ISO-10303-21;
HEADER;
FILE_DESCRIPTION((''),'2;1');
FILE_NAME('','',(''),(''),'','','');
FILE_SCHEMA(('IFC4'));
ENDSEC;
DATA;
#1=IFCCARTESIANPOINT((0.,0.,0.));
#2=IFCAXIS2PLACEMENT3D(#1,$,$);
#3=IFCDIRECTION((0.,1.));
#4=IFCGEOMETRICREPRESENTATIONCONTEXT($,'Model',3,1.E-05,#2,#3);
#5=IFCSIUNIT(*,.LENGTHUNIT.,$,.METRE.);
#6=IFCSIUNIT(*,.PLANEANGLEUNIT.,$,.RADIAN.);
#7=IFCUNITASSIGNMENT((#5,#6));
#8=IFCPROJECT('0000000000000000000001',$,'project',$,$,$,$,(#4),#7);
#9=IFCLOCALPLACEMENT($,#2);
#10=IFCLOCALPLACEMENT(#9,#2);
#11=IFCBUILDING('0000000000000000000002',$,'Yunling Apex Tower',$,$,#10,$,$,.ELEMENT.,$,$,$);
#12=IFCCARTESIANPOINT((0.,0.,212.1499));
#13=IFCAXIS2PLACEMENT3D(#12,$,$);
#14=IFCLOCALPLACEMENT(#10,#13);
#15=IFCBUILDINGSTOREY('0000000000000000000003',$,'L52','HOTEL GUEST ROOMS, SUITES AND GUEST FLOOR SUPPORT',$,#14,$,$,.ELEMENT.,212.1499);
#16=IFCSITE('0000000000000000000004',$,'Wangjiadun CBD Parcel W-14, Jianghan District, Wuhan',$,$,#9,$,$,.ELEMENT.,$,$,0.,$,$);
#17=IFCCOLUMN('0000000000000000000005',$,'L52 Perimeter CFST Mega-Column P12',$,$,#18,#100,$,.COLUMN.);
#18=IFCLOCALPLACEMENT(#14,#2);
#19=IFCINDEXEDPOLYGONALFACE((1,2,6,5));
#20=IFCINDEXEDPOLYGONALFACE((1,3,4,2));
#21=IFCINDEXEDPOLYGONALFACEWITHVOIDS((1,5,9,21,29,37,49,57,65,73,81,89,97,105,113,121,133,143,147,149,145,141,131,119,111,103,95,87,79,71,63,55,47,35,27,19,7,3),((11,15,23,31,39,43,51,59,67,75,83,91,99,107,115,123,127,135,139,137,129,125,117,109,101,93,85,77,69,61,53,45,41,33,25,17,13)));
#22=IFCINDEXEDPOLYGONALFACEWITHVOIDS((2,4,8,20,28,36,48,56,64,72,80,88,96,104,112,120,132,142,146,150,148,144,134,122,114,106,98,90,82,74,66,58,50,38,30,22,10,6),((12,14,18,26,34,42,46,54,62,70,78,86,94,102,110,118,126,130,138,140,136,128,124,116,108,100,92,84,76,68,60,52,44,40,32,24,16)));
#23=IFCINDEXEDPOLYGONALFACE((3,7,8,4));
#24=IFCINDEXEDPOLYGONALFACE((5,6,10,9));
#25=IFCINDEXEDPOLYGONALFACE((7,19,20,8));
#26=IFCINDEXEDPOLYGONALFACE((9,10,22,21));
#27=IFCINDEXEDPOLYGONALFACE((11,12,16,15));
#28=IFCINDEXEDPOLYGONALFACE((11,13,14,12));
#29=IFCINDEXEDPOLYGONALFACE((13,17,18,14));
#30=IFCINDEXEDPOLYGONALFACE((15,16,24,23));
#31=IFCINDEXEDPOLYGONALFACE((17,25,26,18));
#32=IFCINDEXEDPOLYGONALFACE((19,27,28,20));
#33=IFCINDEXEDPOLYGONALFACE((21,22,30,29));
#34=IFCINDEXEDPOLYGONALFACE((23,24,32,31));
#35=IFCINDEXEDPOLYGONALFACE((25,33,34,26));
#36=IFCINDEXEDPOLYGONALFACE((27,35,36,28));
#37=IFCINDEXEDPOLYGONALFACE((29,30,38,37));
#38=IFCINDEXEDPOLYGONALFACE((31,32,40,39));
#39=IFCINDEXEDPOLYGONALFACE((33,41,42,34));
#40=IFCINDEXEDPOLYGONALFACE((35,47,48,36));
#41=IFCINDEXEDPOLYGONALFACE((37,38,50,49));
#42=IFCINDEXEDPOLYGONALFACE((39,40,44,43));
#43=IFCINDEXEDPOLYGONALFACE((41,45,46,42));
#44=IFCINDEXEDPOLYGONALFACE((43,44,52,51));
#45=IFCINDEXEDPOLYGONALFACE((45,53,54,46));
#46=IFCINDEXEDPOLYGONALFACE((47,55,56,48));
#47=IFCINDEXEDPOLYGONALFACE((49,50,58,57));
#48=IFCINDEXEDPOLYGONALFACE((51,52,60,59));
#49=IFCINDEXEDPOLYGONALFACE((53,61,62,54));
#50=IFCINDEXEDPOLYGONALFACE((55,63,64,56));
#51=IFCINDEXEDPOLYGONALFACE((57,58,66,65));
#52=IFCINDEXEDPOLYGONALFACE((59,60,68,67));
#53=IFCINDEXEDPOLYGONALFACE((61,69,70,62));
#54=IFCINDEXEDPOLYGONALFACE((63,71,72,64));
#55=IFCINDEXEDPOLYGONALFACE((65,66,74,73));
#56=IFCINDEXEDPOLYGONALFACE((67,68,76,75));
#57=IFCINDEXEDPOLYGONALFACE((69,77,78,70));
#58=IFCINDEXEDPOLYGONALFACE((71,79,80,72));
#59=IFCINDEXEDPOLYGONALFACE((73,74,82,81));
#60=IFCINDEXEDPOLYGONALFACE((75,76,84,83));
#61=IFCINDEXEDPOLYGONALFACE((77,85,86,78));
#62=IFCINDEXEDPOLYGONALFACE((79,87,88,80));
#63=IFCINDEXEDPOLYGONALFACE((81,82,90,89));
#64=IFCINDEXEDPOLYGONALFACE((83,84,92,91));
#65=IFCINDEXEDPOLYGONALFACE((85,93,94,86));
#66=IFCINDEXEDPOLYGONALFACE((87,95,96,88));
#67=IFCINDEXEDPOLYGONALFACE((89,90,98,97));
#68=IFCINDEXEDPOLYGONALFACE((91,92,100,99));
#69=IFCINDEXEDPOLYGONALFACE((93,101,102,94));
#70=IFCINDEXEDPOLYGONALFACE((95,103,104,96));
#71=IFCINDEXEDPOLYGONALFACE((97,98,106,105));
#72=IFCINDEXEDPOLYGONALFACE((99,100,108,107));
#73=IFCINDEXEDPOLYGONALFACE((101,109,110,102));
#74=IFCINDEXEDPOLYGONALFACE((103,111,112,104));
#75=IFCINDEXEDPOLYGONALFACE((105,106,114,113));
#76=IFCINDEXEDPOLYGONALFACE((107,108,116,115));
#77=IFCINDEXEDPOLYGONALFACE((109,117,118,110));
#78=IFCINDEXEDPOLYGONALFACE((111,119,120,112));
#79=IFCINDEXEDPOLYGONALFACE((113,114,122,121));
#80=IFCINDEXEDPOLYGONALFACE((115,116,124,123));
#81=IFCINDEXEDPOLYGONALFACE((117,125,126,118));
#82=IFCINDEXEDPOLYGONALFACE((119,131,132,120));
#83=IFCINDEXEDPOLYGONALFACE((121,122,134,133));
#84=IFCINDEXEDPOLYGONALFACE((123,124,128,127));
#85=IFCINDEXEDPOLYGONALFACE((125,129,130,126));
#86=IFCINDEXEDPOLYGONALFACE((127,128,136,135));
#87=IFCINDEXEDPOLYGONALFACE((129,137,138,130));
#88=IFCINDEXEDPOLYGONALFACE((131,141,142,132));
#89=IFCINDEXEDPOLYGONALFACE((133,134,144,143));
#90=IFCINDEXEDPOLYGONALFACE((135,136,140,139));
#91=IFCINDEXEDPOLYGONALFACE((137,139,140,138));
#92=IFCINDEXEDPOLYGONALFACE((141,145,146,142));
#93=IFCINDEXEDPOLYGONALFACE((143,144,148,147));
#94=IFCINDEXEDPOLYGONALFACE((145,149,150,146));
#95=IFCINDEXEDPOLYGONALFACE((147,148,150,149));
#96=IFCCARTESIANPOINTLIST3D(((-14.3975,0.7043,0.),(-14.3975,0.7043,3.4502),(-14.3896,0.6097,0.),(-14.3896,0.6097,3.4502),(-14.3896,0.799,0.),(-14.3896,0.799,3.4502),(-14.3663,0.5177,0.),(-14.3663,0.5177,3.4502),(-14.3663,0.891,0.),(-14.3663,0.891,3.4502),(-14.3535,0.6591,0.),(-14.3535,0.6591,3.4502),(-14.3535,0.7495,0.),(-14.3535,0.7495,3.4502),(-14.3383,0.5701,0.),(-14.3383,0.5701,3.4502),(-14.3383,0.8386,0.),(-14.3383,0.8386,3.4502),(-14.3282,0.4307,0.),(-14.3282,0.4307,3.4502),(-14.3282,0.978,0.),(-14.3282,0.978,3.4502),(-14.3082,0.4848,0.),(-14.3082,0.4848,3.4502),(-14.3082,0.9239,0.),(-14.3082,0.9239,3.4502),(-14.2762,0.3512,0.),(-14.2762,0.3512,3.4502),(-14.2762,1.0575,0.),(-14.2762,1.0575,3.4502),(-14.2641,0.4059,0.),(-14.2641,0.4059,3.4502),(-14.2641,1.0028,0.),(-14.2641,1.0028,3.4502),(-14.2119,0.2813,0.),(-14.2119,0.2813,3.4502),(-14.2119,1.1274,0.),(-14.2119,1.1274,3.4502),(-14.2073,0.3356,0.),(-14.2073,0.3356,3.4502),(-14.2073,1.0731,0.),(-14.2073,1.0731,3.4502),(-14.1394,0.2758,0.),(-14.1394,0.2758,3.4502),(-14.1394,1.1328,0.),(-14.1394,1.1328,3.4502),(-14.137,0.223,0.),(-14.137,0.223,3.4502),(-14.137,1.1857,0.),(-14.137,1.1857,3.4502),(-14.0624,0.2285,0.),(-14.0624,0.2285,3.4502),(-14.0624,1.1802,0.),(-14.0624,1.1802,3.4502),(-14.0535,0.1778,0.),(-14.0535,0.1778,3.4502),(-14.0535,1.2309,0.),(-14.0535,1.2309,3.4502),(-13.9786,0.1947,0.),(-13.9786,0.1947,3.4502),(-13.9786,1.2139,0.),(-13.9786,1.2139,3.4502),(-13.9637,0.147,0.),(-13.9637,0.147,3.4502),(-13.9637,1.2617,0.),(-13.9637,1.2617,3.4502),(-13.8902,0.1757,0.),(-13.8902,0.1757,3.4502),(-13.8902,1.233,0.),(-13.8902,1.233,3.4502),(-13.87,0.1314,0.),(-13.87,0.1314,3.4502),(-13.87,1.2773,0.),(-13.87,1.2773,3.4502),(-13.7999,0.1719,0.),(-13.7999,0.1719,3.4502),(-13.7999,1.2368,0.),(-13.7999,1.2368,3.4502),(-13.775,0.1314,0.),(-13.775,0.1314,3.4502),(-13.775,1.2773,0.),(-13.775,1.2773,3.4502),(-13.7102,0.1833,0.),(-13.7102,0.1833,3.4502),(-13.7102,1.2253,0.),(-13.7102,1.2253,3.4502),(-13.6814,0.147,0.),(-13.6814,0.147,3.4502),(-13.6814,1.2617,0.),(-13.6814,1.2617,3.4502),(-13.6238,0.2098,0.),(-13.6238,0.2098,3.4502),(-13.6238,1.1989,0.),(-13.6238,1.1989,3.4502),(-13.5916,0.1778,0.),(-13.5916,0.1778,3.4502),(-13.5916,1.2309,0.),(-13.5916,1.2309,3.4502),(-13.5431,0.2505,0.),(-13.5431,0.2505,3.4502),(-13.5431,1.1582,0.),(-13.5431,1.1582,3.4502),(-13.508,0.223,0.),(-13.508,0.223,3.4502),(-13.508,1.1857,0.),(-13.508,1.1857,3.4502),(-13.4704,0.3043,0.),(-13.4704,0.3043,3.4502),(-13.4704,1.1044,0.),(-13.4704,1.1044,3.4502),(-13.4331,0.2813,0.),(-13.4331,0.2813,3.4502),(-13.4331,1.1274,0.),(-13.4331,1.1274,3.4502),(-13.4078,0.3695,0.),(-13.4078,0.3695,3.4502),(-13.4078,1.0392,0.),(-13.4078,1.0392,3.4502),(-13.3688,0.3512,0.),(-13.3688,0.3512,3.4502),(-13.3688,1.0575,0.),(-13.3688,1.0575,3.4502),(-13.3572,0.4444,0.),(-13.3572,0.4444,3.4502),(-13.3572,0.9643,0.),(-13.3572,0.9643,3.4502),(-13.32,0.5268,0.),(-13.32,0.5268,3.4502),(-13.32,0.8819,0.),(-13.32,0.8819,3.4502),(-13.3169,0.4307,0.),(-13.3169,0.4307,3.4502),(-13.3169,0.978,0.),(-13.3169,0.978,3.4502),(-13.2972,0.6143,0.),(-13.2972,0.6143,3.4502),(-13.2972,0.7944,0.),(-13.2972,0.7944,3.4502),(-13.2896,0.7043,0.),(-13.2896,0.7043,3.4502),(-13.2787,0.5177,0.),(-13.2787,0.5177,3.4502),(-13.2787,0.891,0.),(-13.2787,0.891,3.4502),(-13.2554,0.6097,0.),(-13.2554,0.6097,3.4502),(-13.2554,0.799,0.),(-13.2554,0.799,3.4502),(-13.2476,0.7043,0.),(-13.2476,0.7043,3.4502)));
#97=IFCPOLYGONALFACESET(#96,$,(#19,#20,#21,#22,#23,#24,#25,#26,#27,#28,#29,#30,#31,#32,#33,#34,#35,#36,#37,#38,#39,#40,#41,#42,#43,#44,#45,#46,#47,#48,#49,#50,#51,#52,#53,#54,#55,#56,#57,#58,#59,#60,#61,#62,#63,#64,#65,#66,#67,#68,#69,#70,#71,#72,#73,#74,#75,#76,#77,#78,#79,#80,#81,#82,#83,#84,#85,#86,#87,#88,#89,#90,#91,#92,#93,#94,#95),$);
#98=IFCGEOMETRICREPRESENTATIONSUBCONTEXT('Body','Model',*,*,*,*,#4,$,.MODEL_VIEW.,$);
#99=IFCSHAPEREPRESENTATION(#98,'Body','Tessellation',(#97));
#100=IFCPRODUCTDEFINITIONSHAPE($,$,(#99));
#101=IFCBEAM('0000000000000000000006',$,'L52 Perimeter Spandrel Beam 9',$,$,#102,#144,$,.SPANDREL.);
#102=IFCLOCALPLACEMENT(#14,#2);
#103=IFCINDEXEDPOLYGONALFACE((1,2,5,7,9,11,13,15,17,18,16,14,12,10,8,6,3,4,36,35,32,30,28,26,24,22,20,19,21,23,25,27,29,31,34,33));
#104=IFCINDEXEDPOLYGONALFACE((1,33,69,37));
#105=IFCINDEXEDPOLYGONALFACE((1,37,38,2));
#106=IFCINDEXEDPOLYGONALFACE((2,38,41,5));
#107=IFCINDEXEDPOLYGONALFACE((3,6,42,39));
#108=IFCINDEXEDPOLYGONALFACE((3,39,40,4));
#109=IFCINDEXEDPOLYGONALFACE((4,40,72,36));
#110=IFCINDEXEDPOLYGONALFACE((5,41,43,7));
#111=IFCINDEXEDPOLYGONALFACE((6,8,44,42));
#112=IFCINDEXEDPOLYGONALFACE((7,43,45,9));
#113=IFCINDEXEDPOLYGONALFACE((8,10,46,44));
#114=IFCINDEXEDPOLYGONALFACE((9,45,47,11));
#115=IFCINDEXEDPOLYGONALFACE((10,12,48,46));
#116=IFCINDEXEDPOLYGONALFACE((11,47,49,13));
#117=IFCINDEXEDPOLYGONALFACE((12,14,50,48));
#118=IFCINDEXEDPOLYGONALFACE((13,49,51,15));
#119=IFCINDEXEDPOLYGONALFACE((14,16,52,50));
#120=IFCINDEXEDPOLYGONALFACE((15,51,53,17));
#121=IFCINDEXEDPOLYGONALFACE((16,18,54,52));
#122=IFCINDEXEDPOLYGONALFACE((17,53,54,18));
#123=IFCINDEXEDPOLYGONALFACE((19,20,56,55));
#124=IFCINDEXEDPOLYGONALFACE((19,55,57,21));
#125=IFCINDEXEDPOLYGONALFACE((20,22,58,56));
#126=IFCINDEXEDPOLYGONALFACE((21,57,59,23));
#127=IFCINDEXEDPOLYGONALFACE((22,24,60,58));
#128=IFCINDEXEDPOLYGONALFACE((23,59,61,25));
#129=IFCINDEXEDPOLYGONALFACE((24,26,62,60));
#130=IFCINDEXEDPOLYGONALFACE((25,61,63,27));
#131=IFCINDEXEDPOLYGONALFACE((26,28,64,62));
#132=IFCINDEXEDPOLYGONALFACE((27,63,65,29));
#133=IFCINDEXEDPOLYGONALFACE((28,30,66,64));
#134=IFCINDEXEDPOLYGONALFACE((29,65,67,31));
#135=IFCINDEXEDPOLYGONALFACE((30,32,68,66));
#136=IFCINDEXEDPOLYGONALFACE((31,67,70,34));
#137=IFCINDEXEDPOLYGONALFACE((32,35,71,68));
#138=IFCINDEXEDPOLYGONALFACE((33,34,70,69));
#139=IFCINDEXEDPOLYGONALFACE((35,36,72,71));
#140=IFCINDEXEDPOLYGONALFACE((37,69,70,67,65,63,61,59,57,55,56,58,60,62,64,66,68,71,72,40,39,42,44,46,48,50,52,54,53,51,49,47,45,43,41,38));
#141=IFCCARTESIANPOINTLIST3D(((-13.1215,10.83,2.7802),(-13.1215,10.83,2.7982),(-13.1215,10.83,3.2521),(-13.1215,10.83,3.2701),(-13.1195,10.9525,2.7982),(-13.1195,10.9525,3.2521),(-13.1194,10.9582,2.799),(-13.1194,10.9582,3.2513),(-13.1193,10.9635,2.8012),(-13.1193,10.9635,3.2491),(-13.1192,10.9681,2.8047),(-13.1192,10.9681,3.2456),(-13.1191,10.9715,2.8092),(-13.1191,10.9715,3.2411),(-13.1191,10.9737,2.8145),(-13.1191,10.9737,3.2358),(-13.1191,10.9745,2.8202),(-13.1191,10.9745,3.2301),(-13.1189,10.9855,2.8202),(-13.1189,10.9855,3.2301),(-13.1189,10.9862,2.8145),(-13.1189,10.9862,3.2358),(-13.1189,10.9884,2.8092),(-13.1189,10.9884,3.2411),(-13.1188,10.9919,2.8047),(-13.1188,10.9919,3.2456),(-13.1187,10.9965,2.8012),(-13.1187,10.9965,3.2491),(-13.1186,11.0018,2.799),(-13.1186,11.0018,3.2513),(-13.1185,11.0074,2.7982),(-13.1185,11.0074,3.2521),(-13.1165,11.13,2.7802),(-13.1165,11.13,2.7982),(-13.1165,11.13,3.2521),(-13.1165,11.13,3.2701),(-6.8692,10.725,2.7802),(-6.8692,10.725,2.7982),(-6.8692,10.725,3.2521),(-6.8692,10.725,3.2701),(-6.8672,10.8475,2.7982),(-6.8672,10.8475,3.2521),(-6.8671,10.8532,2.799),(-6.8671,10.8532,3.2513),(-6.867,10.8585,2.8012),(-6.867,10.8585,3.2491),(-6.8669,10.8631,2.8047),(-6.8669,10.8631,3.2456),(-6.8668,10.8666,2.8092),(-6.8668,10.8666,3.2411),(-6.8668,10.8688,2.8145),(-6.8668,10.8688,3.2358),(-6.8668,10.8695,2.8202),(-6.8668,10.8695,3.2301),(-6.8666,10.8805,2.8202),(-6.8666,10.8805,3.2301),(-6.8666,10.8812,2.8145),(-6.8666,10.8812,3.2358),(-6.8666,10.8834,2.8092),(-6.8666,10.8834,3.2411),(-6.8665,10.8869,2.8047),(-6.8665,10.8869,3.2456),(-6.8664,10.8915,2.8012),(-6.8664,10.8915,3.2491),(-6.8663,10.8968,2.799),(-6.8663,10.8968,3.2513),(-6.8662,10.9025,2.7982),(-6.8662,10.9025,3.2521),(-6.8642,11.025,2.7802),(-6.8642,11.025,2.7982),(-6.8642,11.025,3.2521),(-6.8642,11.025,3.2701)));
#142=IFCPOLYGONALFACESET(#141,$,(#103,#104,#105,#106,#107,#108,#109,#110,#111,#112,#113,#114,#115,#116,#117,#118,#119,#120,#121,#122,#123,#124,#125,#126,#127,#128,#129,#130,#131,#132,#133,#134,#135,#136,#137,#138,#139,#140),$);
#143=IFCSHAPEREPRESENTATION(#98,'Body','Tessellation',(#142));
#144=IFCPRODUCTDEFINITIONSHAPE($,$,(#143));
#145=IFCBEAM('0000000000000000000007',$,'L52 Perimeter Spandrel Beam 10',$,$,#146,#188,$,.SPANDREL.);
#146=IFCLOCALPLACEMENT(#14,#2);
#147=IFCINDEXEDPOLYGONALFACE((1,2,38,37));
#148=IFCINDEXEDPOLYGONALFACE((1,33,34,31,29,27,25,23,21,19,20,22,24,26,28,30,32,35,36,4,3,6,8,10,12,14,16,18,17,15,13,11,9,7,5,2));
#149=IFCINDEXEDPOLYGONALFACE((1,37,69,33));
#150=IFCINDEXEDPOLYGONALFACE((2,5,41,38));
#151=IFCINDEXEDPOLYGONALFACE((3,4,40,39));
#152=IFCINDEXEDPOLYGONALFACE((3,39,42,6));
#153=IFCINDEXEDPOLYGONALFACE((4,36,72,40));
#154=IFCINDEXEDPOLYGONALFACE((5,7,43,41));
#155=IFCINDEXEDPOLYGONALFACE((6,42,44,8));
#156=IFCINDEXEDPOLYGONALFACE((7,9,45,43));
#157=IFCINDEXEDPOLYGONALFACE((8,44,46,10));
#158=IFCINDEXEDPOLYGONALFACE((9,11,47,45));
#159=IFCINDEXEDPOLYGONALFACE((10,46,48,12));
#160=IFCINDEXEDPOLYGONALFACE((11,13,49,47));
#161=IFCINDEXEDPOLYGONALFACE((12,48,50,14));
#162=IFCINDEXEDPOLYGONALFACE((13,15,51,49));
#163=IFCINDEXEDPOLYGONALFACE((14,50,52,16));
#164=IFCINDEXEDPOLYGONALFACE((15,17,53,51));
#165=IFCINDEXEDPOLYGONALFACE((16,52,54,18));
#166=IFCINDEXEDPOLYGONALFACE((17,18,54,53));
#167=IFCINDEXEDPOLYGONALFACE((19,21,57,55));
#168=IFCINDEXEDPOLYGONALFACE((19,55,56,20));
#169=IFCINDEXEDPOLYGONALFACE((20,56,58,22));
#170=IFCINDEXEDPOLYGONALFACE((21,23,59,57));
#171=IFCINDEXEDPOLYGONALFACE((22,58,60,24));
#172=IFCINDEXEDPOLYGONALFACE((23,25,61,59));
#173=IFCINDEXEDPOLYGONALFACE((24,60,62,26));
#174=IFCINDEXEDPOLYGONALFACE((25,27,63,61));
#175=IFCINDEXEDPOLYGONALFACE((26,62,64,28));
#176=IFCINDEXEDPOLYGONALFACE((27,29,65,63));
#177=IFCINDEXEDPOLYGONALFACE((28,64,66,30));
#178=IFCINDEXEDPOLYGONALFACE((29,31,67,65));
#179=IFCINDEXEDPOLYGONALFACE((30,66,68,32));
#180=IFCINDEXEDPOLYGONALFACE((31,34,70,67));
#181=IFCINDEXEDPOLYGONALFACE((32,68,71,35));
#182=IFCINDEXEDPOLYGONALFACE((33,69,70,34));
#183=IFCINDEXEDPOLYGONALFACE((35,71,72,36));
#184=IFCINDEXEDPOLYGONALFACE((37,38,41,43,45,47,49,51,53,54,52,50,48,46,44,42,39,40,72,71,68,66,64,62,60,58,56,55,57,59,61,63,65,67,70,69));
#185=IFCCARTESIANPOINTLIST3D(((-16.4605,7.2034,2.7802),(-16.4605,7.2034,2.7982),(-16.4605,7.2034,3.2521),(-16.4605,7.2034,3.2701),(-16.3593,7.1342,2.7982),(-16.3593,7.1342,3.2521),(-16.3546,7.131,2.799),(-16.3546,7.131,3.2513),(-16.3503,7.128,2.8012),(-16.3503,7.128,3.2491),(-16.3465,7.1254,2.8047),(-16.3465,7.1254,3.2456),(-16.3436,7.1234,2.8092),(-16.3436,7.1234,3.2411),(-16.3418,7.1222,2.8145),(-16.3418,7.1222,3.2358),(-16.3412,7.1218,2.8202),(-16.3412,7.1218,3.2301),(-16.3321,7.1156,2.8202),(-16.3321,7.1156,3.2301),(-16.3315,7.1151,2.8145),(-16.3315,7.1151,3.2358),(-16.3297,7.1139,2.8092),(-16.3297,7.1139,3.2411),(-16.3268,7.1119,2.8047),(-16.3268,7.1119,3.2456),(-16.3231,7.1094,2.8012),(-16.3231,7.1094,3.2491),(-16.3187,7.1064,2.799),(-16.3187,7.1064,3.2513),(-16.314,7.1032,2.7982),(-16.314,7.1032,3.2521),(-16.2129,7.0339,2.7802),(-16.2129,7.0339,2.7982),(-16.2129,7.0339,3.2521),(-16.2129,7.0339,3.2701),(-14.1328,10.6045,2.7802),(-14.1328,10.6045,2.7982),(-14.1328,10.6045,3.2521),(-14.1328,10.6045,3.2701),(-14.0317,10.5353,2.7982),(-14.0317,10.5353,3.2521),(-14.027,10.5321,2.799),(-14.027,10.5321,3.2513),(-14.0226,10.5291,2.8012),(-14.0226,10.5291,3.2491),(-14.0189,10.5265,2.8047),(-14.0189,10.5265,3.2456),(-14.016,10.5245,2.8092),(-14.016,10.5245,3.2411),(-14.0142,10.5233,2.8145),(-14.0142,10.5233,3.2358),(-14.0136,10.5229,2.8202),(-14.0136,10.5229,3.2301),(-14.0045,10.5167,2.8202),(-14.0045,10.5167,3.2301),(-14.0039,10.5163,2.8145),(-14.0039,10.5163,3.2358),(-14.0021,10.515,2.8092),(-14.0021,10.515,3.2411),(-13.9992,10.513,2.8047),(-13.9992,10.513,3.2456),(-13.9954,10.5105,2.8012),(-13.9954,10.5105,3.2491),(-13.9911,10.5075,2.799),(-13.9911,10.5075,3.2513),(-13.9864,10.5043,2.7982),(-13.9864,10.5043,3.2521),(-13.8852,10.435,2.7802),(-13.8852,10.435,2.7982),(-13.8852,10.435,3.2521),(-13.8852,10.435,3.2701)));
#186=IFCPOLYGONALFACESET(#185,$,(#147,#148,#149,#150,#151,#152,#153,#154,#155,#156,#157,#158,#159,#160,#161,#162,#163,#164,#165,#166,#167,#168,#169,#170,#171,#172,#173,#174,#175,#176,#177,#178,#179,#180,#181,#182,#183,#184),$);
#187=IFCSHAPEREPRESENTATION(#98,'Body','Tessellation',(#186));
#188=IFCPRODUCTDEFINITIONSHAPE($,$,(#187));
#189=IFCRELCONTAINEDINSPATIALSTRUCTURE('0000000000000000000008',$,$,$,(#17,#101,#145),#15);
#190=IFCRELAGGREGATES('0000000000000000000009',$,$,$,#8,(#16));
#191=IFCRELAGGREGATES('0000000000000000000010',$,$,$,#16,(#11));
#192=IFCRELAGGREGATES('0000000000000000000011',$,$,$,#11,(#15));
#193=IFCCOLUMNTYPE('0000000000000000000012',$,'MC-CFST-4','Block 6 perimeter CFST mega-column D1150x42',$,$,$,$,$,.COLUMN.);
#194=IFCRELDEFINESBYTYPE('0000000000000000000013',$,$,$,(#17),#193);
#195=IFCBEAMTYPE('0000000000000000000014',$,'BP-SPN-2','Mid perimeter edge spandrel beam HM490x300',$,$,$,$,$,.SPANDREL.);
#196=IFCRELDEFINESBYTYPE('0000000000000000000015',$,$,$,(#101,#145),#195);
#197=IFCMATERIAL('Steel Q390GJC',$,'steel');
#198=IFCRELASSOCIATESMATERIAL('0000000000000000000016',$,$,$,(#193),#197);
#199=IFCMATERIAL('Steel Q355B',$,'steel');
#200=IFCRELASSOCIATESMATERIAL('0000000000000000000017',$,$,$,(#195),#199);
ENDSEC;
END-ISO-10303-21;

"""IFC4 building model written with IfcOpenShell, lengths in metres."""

from ifc_helpers import new_model, si_unit, direction, frame, origin, origin_2d, place, context, subcontext, project, spatial, hollow_circle, i_section, extrude, source, transform, mapped, material, material_profile, profile_set, type_object, element, save


model = new_model("IFC4")

# Units and contexts
model_context = context("Model", 3, precision=1e-05, world=origin(), true_north=direction((0.0, 1.0)))
body_context = subcontext(model_context, "Body", "Model", "MODEL_VIEW")
ifc_project = project(units=[si_unit("LENGTHUNIT", "METRE"), si_unit("PLANEANGLEUNIT", "RADIAN")], contexts=[model_context])

# Site, building, storey
site_placement = place(None, origin())
site = spatial("IfcSite", under=ifc_project, at=site_placement, Name="Wangjiadun CBD Parcel W-14, Jianghan District, Wuhan", CompositionType="ELEMENT", RefElevation=0.0)
building_placement = place(site_placement, origin())
building = spatial("IfcBuilding", under=site, at=building_placement, Name="Yunling Apex Tower", CompositionType="ELEMENT")
storey_placement = place(building_placement, frame((0.0, 0.0, 212.1499)))
storey = spatial("IfcBuildingStorey", under=building, at=storey_placement, Name="L52", Description="HOTEL GUEST ROOMS, SUITES AND GUEST FLOOR SUPPORT", CompositionType="ELEMENT", Elevation=212.1499)

# Column
ifc_material_1 = material(Name="Steel Q390GJC", Category="steel")
ifc_material_profile_1 = material_profile(ifc_material_1, hollow_circle(Radius=0.575, WallThickness=0.042, at=origin_2d()))
ifc_profile_set_1 = profile_set([ifc_material_profile_1], Name="Steel Q390GJC")
column_type = type_object("IfcColumnType", Name="MC-CFST-4", Description="Block 6 perimeter CFST mega-column D1150x42", PredefinedType="COLUMN", material=ifc_profile_set_1)
shared_shape_1 = source(origin(), body_context, "Body", "SweptSolid", [
    extrude(hollow_circle(Radius=0.575, WallThickness=0.042, at=origin_2d()), origin(), (0.0, 0.0, 1.0), 3.4502),
])
for number, where, z_axis, x_axis, name in (
    (1, (-13.8225, 0.7043, 0.0), (0.0, 0.0, 1.0), (1.0, 0.0, 0.0), "L52 Perimeter CFST Mega-Column P12"),
):
    element("IfcColumn", number, at=place(storey_placement, frame(where, z_axis=z_axis, x_axis=x_axis)), inside=storey, type_object=column_type, Name=name, PredefinedType="COLUMN", context=body_context, shape_type="MappedRepresentation", body=[
        mapped(shared_shape_1, transform((0.0, 0.0, 0.0), scale=1.0)),
    ])

# Beams
ifc_material_2 = material(Name="Steel Q355B", Category="steel")
ifc_material_profile_2 = material_profile(ifc_material_2, i_section(OverallWidth=0.3, OverallDepth=0.49, WebThickness=0.011, FlangeThickness=0.0181, FilletRadius=0.022, at=origin_2d()))
ifc_profile_set_2 = profile_set([ifc_material_profile_2], Name="Steel Q355B")
beam_type_1 = type_object("IfcBeamType", Name="BP-SPN-2", Description="Mid perimeter edge spandrel beam HM490x300", PredefinedType="SPANDREL", material=ifc_profile_set_2)
shared_shape_2 = source(origin(), body_context, "Body", "SweptSolid", [
    extrude(i_section(OverallWidth=0.3, OverallDepth=0.49, WebThickness=0.011, FlangeThickness=0.0181, FilletRadius=0.022, at=origin_2d()), origin(), (0.0, 0.0, 1.0), 6.2532),
])
beam_1_placement = place(storey_placement, frame((-6.8667, 10.875, 3.0251), z_axis=(-0.999859, 0.016789, 0.0), x_axis=(-0.016789, -0.999859, 0.0)))
element("IfcBeam", 2, at=beam_1_placement, inside=storey, type_object=beam_type_1, Name="L52 Perimeter Spandrel Beam 9", PredefinedType="SPANDREL", context=body_context, shape_type="MappedRepresentation", body=[
    mapped(shared_shape_2, transform((0.0, 0.0, 0.0), scale=1.0)),
])
shared_shape_3 = source(origin(), body_context, "Body", "SweptSolid", [
    extrude(i_section(OverallWidth=0.3, OverallDepth=0.49, WebThickness=0.011, FlangeThickness=0.0181, FilletRadius=0.022, at=origin_2d()), origin(), (0.0, 0.0, 1.0), 4.1213),
])
beam_2_placement = place(storey_placement, frame((-14.009, 10.5198, 3.0251), z_axis=(-0.564775, -0.825245, 0.0), x_axis=(0.825245, -0.564775, 0.0)))
element("IfcBeam", 3, at=beam_2_placement, inside=storey, type_object=beam_type_1, Name="L52 Perimeter Spandrel Beam 10", PredefinedType="SPANDREL", context=body_context, shape_type="MappedRepresentation", body=[
    mapped(shared_shape_3, transform((0.0, 0.0, 0.0), scale=1.0)),
])

save(model, "model.ifc")
